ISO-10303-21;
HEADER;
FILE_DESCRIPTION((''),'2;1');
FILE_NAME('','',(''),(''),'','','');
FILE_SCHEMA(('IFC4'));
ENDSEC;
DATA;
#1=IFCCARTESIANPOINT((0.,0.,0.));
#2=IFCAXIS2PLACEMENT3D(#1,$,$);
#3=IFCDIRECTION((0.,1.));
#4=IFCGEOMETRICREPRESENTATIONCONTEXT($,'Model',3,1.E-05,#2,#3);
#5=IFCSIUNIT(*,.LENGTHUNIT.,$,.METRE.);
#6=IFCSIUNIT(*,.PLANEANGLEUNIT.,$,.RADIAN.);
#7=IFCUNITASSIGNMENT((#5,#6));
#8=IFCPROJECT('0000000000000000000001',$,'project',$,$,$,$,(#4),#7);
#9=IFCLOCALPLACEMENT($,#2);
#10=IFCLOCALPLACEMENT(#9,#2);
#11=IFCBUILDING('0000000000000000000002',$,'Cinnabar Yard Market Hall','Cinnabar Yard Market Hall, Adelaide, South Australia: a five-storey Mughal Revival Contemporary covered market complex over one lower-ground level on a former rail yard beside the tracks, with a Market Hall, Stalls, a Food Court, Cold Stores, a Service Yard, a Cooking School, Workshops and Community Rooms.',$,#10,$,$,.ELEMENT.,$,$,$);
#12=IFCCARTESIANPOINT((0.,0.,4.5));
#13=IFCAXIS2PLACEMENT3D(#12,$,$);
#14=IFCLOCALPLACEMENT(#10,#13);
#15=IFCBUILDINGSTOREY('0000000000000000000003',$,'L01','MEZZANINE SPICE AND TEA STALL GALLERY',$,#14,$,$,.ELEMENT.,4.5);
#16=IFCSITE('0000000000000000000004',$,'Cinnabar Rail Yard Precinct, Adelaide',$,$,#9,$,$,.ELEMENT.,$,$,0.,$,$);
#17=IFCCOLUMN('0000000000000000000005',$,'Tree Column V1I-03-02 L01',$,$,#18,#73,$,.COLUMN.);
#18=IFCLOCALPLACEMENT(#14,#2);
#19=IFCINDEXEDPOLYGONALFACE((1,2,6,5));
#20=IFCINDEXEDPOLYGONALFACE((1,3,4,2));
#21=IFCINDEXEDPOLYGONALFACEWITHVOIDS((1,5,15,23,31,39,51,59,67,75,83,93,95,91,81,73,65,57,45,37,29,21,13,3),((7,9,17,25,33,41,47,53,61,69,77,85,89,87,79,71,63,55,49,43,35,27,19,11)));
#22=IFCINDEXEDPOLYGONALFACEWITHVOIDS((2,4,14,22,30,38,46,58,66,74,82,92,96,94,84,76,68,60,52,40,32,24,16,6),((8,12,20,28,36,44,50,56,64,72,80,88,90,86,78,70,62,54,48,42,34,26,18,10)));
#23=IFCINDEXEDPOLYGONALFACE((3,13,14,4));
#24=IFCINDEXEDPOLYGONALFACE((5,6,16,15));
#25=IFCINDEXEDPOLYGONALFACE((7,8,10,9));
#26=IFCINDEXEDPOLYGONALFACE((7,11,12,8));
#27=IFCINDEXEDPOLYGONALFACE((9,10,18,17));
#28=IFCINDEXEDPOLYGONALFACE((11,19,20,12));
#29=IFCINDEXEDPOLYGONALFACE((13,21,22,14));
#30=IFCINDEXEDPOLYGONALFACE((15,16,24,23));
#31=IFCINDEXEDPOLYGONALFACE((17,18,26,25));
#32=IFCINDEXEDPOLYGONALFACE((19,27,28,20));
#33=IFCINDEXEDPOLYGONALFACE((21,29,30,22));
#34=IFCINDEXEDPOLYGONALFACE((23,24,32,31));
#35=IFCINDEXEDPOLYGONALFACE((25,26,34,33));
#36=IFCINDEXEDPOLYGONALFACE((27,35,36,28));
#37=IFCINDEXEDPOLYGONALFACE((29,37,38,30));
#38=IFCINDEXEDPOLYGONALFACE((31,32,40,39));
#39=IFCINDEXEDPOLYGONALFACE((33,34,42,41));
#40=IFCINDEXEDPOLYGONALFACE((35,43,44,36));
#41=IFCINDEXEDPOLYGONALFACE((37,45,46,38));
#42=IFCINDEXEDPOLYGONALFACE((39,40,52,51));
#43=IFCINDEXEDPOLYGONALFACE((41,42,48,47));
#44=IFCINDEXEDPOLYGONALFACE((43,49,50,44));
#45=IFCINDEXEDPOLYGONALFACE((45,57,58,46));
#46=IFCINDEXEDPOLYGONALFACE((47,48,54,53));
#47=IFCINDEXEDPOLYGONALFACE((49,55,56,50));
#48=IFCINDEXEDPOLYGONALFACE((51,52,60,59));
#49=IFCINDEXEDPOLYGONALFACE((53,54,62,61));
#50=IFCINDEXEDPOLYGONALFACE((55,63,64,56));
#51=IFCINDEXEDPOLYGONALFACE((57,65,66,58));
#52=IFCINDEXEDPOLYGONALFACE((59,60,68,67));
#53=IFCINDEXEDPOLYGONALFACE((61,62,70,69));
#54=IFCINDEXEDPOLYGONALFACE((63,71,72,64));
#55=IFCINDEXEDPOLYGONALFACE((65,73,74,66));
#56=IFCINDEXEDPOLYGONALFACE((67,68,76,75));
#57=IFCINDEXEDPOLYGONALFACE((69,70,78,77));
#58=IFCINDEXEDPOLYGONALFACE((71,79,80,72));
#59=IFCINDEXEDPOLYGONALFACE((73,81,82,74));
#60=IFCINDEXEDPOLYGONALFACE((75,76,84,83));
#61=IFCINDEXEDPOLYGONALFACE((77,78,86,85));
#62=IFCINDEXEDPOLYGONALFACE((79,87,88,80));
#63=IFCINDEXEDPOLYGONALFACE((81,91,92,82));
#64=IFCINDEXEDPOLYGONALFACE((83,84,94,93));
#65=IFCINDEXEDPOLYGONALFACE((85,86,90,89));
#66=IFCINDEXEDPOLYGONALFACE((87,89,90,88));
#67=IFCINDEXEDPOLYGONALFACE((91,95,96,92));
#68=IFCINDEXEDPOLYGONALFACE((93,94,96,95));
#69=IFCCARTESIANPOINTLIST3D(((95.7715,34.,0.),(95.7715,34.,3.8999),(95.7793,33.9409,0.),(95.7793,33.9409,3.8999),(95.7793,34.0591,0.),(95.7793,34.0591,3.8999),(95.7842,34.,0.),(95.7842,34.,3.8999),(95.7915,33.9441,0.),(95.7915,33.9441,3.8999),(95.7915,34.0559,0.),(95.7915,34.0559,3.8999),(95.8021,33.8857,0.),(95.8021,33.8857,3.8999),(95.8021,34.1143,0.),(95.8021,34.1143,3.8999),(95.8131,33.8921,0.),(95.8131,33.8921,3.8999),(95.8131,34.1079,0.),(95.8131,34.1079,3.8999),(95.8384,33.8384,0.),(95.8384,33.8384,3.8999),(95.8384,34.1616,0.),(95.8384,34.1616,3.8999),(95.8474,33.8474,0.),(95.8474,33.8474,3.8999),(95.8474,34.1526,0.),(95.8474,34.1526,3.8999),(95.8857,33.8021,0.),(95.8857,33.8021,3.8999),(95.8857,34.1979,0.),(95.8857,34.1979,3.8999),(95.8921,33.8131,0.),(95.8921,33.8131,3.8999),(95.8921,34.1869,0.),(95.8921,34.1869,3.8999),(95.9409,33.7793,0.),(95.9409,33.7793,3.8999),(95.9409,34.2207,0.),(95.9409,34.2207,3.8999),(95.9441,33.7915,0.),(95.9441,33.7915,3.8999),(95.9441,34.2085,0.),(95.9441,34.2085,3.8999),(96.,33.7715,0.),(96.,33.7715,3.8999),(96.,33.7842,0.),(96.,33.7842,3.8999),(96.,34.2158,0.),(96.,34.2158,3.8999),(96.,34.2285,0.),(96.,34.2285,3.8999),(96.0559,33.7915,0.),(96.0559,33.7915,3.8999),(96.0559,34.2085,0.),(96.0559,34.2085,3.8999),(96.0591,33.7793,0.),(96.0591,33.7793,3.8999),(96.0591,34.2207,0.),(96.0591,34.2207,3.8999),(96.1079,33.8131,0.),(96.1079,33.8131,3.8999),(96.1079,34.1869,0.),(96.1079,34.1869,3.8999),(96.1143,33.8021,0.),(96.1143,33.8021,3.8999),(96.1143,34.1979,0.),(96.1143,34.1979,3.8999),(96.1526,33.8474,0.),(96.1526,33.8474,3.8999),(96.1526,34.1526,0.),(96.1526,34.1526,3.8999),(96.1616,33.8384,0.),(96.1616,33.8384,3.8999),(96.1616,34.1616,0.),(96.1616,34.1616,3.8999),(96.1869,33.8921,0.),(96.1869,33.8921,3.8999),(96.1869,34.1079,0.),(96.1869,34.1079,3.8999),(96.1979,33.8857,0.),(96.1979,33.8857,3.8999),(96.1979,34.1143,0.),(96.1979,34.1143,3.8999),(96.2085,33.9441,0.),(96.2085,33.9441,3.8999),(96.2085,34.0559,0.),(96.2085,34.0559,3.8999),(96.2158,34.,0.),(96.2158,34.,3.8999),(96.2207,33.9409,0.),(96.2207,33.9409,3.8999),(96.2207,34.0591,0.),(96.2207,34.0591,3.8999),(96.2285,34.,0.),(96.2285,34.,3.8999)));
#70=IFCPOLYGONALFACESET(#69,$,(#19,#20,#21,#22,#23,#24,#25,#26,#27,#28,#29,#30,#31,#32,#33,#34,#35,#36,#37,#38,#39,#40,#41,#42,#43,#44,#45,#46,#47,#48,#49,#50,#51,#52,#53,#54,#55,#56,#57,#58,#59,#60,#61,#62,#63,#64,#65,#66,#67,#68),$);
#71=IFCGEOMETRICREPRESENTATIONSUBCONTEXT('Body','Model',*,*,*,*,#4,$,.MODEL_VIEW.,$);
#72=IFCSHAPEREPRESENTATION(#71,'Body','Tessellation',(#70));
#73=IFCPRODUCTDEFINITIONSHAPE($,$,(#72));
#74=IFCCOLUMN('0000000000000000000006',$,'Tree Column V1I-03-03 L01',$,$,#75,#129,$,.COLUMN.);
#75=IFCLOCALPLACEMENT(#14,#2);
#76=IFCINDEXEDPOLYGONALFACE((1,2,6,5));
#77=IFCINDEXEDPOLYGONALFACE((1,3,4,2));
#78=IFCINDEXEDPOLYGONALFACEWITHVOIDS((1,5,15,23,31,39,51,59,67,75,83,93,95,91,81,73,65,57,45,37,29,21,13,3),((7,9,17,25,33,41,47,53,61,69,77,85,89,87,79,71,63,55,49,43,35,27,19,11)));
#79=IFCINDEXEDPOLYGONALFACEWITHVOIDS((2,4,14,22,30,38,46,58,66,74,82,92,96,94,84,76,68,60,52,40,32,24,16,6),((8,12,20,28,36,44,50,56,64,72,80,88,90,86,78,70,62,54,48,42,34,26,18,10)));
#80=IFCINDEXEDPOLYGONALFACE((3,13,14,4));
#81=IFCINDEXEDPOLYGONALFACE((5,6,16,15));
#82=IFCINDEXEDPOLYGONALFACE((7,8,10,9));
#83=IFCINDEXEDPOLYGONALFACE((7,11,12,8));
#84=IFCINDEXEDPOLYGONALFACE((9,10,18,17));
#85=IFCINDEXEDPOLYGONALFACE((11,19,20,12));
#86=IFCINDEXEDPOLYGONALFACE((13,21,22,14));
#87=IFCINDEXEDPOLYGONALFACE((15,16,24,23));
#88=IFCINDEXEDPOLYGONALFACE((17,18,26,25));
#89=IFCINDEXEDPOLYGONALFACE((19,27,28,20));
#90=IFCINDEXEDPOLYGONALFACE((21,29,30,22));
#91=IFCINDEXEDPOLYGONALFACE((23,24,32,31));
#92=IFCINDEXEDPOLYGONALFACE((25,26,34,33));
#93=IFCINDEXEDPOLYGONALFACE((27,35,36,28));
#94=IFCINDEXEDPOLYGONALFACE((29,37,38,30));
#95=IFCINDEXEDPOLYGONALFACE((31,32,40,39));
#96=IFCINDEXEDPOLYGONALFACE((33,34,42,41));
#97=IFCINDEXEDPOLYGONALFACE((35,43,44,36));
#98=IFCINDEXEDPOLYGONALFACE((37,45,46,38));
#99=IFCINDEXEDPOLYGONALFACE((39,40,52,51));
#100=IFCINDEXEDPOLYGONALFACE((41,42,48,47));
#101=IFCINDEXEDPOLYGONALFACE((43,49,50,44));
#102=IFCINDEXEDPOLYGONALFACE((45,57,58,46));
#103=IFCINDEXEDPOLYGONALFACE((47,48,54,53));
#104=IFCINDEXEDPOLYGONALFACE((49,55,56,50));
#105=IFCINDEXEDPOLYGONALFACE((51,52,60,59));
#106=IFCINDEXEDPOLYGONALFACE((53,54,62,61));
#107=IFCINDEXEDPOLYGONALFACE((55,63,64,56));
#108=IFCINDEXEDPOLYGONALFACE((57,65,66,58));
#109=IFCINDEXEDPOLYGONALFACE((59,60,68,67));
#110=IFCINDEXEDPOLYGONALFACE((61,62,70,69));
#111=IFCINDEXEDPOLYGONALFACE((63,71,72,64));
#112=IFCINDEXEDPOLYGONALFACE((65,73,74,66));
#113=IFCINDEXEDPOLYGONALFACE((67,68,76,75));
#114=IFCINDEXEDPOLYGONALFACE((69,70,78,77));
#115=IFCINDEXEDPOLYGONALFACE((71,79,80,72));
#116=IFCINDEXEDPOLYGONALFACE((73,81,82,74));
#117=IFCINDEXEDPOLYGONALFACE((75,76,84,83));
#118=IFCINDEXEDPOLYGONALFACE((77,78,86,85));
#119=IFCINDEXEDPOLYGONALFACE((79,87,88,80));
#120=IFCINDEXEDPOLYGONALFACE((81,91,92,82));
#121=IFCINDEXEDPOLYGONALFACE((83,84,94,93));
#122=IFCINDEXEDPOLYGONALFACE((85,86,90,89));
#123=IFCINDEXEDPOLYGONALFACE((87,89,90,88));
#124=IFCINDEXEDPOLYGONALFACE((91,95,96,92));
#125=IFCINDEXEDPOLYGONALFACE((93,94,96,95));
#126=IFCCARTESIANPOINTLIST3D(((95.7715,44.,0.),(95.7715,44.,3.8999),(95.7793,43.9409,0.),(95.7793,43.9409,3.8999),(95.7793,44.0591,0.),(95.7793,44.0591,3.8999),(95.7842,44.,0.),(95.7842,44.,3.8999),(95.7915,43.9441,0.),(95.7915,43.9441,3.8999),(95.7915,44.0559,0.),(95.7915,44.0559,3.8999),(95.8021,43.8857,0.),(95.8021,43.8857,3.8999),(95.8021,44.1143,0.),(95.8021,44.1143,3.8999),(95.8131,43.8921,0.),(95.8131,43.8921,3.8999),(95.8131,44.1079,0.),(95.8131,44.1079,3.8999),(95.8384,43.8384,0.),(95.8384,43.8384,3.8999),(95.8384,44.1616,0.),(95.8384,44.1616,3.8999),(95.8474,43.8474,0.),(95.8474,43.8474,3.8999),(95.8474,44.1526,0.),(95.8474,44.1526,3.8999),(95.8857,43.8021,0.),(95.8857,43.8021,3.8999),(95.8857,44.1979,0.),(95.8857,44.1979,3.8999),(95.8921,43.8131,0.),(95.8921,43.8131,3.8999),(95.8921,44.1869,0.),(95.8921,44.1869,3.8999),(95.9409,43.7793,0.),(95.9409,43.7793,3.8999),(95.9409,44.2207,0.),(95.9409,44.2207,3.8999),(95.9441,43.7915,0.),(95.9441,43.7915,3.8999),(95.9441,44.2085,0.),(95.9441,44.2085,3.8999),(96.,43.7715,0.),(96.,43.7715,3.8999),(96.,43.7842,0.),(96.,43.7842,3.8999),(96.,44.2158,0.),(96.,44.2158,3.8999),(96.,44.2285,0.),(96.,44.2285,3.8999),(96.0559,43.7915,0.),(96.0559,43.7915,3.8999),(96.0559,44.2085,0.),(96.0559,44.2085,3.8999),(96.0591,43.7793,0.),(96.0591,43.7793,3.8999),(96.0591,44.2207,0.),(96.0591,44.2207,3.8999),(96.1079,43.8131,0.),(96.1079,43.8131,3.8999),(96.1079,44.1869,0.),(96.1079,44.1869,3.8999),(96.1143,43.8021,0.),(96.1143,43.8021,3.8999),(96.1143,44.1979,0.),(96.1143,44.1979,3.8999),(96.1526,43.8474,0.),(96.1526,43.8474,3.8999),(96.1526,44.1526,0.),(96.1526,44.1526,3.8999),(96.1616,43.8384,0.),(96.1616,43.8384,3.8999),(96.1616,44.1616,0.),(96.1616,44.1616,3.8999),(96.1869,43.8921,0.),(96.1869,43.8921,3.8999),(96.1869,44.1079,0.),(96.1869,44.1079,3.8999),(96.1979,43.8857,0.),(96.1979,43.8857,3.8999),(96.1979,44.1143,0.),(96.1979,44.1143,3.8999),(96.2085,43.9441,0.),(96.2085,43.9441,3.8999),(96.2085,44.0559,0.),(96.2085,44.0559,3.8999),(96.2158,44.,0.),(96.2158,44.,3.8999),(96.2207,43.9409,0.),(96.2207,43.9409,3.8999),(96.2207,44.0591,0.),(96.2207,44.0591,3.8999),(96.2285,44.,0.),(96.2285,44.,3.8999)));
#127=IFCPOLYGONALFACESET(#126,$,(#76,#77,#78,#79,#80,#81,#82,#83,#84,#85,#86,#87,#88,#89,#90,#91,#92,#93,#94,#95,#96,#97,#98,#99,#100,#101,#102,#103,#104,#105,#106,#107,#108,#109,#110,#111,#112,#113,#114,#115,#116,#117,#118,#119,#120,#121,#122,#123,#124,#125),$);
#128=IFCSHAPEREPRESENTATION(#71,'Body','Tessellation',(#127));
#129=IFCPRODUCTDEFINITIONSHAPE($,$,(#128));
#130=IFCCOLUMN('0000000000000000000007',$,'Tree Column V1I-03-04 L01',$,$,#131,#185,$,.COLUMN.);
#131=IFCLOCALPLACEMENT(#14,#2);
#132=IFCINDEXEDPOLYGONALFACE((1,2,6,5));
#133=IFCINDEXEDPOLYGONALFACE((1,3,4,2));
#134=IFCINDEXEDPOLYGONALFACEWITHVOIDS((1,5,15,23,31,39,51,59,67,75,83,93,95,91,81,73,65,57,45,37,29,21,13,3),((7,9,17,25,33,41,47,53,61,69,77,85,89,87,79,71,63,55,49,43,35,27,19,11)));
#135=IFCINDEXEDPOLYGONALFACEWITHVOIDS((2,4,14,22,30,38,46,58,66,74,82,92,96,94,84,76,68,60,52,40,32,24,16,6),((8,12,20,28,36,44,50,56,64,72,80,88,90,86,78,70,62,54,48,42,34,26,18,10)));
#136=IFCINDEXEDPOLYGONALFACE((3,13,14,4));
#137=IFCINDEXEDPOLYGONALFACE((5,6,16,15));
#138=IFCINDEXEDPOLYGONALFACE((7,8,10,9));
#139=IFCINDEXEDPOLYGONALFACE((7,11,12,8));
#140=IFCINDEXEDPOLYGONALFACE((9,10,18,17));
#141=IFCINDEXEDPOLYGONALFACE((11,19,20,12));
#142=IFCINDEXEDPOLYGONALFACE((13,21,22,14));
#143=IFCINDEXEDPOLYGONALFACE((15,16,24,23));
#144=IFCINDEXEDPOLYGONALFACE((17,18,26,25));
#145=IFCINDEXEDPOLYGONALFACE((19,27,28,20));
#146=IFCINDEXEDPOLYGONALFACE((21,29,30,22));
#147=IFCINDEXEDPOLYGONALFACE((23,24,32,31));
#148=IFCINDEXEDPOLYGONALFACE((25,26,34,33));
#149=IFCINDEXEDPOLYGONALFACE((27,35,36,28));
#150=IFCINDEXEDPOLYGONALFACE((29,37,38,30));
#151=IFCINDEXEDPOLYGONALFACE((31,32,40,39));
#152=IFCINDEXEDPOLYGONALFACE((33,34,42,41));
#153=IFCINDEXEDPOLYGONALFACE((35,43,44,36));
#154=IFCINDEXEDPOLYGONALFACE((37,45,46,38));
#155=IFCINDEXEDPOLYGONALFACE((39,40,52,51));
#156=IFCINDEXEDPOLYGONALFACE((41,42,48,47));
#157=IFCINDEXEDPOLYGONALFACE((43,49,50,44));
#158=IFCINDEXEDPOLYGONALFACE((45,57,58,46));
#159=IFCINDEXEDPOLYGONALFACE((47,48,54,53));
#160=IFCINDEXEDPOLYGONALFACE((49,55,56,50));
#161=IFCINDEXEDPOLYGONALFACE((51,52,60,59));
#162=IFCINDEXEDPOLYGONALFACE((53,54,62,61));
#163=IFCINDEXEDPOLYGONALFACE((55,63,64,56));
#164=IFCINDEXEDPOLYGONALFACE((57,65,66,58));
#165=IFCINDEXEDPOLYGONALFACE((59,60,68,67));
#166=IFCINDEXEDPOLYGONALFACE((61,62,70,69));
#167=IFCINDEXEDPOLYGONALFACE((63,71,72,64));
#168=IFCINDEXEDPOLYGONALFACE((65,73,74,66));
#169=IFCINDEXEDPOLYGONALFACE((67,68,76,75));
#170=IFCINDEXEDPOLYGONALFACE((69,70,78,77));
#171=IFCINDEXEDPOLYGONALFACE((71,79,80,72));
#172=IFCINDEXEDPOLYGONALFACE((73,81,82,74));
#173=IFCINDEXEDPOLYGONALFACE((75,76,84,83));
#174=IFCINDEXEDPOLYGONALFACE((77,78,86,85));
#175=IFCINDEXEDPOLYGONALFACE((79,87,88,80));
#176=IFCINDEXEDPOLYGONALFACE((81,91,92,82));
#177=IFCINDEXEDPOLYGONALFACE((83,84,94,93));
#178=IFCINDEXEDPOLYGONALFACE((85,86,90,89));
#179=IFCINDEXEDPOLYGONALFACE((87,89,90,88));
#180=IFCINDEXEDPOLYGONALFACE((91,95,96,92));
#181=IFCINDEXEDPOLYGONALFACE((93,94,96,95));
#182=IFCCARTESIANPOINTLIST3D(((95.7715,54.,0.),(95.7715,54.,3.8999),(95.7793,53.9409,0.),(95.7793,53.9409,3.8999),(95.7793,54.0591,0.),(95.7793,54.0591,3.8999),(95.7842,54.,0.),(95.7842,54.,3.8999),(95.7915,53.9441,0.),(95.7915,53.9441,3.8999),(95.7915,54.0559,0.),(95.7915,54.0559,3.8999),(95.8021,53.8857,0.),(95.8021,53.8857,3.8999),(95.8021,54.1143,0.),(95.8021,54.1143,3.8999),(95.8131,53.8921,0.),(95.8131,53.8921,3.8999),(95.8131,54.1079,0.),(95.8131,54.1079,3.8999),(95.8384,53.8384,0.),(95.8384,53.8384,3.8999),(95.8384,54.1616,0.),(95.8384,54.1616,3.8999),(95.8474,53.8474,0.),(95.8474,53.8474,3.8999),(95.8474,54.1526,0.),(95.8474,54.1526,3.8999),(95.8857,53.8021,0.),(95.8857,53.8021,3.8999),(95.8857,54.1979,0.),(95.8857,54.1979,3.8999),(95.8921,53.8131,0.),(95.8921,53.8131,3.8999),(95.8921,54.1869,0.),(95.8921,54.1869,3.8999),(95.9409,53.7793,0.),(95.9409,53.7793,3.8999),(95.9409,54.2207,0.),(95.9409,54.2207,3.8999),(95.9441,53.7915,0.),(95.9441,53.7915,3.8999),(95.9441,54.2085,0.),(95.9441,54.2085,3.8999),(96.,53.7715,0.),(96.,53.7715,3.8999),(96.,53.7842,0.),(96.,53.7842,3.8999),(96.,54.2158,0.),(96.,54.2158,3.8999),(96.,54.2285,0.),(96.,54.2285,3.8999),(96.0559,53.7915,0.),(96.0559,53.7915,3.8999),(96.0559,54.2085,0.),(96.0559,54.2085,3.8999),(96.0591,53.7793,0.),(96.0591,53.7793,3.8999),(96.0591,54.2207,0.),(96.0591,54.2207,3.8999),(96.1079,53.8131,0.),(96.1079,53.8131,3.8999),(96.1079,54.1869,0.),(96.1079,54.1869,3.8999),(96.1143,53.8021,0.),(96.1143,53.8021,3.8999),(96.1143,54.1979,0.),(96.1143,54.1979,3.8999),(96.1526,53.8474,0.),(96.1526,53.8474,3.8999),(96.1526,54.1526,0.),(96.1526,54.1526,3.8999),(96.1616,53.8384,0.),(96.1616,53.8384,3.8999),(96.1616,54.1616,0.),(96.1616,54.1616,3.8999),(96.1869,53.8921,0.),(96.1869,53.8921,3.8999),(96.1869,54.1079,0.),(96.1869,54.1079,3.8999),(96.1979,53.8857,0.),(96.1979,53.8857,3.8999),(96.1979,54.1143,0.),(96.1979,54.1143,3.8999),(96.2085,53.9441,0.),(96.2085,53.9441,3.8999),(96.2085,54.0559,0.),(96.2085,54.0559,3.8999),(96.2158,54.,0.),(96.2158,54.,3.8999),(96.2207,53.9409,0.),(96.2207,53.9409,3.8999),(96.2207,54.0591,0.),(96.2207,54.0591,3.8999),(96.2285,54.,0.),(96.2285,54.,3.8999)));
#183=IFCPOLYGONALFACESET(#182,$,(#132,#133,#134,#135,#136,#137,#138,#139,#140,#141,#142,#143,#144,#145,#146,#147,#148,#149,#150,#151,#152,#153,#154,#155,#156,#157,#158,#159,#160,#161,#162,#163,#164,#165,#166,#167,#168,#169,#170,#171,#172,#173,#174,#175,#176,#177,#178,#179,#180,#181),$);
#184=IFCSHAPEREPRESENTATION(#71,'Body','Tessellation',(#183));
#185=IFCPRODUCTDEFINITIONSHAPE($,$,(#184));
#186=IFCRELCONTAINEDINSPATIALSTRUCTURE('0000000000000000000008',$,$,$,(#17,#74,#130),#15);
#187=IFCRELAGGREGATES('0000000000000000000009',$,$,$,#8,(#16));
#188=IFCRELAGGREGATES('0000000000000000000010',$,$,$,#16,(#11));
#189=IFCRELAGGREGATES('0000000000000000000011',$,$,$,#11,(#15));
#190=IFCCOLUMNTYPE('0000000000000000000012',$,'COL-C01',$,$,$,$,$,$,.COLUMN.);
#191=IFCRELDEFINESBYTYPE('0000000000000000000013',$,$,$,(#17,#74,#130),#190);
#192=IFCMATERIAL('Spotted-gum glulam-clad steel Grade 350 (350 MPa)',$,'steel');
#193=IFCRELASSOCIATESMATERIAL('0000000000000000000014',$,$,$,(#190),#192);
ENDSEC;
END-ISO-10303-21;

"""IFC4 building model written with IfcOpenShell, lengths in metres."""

from ifc_helpers import new_model, si_unit, direction, frame, origin, origin_2d_with_axis, place, context, subcontext, project, spatial, hollow_circle, extrude, material, material_profile, profile_set, type_object, element, save


model = new_model("IFC4")

# Units and contexts
model_context = context("Model", 3, precision=1e-05, world=origin(), true_north=direction((0.0, 1.0)))
body_context = subcontext(model_context, "Body", "Model", "MODEL_VIEW")
ifc_project = project(units=[si_unit("LENGTHUNIT", "METRE"), si_unit("PLANEANGLEUNIT", "RADIAN")], contexts=[model_context])

# Site, building, storey
site_placement = place(None, origin())
site = spatial("IfcSite", under=ifc_project, at=site_placement, Name="Cinnabar Rail Yard Precinct, Adelaide", CompositionType="ELEMENT", RefElevation=0.0)
building_placement = place(site_placement, origin())
building = spatial("IfcBuilding", under=site, at=building_placement, Name="Cinnabar Yard Market Hall", Description="Cinnabar Yard Market Hall, Adelaide, South Australia: a five-storey Mughal Revival Contemporary covered market complex over one lower-ground level on a former rail yard beside the tracks, with a Market Hall, Stalls, a Food Court, Cold Stores, a Service Yard, a Cooking School, Workshops and Community Rooms.", CompositionType="ELEMENT")
storey_placement = place(building_placement, frame((0.0, 0.0, 4.5)))
storey = spatial("IfcBuildingStorey", under=building, at=storey_placement, Name="L01", Description="MEZZANINE SPICE AND TEA STALL GALLERY", CompositionType="ELEMENT", Elevation=4.5)

# Columns
ifc_material_1 = material(Name="Spotted-gum glulam-clad steel Grade 350 (350 MPa)", Category="steel")
ifc_material_profile_1 = material_profile(ifc_material_1, hollow_circle(Radius=0.2285, WallThickness=0.0127, at=origin_2d_with_axis()), Name="457.0x12.7CHS")
ifc_profile_set_1 = profile_set([ifc_material_profile_1], Name="Spotted-gum glulam-clad steel Grade 350 (350 MPa)")
column_type = type_object("IfcColumnType", Name="COL-C01", PredefinedType="COLUMN", material=ifc_profile_set_1)
for number, where, z_axis, x_axis, name in (
    (1, (96.0, 34.0, 0.0), (0.0, 0.0, 1.0), (1.0, 0.0, 0.0), "Tree Column V1I-03-02 L01"),
    (2, (96.0, 44.0, 0.0), (0.0, 0.0, 1.0), (1.0, 0.0, 0.0), "Tree Column V1I-03-03 L01"),
    (3, (96.0, 54.0, 0.0), (0.0, 0.0, 1.0), (1.0, 0.0, 0.0), "Tree Column V1I-03-04 L01"),
):
    element("IfcColumn", number, at=place(storey_placement, frame(where, z_axis=z_axis, x_axis=x_axis)), inside=storey, type_object=column_type, Name=name, PredefinedType="COLUMN", context=body_context, shape_type="SweptSolid", body=[
        extrude(hollow_circle(Radius=0.2285, WallThickness=0.0127, at=origin_2d_with_axis()), origin(), (0.0, 0.0, 1.0), 3.8999),
    ])

save(model, "model.ifc")
